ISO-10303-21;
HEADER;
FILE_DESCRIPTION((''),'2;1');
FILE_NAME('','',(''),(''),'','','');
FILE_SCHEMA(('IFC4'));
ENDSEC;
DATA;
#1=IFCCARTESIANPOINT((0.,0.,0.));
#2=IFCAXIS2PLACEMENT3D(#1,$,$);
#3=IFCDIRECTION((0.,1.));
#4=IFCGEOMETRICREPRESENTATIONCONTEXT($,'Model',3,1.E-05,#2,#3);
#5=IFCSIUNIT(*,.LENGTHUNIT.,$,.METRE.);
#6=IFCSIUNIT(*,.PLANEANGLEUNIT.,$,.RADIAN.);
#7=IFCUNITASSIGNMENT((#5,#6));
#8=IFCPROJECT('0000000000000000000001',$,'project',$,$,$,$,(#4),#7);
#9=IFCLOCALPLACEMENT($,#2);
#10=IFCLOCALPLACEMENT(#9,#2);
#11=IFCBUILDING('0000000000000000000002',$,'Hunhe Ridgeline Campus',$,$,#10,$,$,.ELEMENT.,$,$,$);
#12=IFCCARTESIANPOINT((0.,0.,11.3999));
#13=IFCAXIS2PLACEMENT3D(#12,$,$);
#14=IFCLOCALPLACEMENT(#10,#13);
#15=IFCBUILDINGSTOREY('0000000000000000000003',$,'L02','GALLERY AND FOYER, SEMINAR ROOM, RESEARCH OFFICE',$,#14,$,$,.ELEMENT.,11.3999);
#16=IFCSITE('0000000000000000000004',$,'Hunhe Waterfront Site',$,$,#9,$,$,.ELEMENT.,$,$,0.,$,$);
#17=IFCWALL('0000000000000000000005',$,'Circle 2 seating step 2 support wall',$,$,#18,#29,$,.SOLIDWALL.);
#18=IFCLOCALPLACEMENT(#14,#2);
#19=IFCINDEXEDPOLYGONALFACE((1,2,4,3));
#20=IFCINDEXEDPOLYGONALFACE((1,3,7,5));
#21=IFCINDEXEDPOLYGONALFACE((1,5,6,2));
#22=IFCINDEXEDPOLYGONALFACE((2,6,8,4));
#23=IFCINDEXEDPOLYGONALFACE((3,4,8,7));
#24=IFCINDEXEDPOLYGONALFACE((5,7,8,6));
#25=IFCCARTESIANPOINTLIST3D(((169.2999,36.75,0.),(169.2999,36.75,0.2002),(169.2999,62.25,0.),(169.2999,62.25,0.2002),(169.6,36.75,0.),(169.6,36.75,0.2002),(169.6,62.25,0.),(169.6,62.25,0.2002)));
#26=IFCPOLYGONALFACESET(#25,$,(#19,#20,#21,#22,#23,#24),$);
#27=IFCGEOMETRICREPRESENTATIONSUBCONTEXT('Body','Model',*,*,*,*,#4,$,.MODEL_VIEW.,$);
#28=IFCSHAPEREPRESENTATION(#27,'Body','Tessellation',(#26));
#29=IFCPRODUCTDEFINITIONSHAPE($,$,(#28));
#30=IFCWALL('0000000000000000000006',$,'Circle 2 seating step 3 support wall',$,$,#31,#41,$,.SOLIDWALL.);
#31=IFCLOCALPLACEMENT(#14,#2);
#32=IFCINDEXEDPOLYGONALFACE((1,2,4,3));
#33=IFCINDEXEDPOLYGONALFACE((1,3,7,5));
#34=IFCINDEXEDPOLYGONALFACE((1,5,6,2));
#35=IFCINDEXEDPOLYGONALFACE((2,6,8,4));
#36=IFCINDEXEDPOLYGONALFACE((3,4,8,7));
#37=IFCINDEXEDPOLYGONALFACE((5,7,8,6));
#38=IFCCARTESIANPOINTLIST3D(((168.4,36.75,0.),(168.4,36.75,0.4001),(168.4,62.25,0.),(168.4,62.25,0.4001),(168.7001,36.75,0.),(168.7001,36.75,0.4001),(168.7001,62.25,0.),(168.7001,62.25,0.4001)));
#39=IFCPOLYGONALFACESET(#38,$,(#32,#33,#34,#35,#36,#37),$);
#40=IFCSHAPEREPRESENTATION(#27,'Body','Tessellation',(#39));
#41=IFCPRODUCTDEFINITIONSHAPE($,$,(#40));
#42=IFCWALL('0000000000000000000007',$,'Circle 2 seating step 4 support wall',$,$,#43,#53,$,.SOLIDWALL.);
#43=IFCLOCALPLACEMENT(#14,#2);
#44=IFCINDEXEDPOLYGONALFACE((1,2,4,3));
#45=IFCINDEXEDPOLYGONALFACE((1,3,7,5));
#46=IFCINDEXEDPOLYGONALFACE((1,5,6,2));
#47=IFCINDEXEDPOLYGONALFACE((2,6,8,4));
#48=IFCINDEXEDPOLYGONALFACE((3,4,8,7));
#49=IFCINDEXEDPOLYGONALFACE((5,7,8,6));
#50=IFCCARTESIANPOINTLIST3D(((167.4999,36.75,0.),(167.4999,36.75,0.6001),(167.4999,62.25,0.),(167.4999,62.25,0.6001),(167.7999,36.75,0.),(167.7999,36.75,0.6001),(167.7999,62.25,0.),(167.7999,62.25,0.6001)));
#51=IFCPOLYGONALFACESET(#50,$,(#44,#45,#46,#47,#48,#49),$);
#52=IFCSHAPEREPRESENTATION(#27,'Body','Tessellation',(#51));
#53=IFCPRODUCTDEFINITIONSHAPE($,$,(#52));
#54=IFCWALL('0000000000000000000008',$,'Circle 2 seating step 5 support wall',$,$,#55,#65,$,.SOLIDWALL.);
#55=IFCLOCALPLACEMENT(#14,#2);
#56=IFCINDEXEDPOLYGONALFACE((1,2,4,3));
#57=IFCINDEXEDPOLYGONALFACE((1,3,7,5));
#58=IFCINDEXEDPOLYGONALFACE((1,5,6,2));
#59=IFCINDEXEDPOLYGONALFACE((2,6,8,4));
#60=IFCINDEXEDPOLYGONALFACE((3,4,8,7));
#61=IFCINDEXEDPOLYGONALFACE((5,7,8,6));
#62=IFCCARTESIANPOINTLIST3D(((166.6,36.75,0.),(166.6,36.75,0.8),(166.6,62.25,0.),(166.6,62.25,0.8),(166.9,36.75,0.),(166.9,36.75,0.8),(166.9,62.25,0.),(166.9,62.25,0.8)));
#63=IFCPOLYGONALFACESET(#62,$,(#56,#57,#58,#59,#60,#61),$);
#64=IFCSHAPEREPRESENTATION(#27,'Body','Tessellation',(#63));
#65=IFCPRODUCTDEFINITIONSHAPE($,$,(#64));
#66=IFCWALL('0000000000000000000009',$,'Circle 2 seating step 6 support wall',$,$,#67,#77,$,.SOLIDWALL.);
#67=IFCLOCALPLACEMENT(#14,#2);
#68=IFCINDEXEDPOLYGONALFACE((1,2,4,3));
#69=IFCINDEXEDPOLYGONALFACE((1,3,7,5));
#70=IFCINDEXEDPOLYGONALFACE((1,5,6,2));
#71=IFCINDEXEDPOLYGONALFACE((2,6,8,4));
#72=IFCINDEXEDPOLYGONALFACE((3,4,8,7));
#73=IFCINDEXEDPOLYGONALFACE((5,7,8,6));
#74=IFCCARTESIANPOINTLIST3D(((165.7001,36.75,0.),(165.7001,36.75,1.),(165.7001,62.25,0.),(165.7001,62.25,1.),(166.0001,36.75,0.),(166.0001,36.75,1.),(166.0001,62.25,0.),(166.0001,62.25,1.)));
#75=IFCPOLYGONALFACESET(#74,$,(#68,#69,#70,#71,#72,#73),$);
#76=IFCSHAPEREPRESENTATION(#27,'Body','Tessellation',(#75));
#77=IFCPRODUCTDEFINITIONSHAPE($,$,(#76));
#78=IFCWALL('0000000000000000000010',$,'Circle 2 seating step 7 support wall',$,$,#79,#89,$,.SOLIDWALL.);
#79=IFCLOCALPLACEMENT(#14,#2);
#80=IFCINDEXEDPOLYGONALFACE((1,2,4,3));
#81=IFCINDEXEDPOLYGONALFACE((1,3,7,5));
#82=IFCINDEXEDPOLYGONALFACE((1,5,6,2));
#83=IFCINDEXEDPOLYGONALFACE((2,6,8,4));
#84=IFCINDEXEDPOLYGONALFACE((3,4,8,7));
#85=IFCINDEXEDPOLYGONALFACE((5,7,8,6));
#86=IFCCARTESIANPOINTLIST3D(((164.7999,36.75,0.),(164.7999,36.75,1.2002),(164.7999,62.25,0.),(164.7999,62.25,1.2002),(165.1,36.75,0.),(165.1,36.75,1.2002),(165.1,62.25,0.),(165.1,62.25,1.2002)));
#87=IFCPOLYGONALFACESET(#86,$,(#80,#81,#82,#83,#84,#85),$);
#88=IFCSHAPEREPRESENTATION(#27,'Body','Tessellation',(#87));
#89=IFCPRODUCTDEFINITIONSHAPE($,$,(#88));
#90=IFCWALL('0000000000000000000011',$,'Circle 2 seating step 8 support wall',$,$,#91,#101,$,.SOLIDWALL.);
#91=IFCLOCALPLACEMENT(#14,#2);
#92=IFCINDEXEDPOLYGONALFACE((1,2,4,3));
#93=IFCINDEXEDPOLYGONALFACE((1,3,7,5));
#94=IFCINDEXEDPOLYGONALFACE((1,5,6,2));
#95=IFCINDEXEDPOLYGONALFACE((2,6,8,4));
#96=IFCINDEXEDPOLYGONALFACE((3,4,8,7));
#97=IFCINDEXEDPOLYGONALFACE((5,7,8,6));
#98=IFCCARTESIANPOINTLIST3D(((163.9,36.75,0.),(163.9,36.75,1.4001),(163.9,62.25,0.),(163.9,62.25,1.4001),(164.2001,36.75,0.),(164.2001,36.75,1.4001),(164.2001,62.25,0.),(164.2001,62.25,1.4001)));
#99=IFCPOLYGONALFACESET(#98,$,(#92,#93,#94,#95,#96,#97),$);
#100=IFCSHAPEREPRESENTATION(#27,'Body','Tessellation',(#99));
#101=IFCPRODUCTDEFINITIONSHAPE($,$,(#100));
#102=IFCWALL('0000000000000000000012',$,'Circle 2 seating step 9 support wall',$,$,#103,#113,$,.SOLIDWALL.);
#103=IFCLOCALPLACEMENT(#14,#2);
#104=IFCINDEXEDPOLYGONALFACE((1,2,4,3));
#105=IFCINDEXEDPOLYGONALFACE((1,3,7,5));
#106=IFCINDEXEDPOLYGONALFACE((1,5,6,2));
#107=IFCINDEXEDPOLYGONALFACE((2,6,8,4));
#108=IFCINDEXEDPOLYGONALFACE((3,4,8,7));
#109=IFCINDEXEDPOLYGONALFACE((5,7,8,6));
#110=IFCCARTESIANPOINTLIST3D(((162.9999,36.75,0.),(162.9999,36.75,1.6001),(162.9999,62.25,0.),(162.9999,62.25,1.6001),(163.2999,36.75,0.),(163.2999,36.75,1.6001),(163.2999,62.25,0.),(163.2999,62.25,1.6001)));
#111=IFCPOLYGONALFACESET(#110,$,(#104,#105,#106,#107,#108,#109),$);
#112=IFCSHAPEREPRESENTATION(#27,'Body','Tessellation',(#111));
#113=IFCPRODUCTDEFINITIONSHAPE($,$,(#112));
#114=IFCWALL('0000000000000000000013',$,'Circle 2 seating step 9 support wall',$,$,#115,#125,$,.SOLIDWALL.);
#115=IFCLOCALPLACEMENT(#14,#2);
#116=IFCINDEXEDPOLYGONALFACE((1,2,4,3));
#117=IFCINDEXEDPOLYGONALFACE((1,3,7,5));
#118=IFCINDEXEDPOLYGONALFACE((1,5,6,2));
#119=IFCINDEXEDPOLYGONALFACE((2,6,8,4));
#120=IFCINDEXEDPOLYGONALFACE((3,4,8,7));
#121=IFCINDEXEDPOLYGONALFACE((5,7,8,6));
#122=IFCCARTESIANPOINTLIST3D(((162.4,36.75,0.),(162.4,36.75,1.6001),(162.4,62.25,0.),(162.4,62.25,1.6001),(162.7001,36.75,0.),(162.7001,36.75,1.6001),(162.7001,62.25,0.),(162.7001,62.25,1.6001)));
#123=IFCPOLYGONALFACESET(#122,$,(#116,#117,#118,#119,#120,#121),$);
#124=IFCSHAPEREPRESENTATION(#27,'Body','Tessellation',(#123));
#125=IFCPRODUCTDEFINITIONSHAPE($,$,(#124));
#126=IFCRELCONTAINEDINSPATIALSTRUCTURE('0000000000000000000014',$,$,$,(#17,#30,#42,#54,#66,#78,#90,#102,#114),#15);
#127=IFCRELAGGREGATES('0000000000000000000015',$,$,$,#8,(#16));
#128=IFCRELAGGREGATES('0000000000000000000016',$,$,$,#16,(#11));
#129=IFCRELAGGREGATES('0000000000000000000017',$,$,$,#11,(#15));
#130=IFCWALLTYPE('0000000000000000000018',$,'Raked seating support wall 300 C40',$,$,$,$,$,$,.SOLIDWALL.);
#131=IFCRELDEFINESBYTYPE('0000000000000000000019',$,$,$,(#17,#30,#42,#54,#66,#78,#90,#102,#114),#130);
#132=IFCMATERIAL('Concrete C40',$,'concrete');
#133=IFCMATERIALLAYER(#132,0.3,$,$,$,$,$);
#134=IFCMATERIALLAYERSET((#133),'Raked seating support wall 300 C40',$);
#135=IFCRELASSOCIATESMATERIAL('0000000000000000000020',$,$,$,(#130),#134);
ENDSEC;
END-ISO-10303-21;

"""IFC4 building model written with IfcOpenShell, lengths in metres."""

from ifc_helpers import new_model, si_unit, direction, frame, frame_2d, origin, place, context, subcontext, project, spatial, rectangle, extrude, material, layer, layer_set, type_object, element, save


model = new_model("IFC4")

# Units and contexts
model_context = context("Model", 3, precision=1e-05, world=origin(), true_north=direction((0.0, 1.0)))
body_context = subcontext(model_context, "Body", "Model", "MODEL_VIEW")
ifc_project = project(units=[si_unit("LENGTHUNIT", "METRE"), si_unit("PLANEANGLEUNIT", "RADIAN")], contexts=[model_context])

# Site, building, storey
site_placement = place(None, origin())
site = spatial("IfcSite", under=ifc_project, at=site_placement, Name="Hunhe Waterfront Site", CompositionType="ELEMENT", RefElevation=0.0)
building_placement = place(site_placement, origin())
building = spatial("IfcBuilding", under=site, at=building_placement, Name="Hunhe Ridgeline Campus", CompositionType="ELEMENT")
storey_placement = place(building_placement, frame((0.0, 0.0, 11.3999)))
storey = spatial("IfcBuildingStorey", under=building, at=storey_placement, Name="L02", Description="GALLERY AND FOYER, SEMINAR ROOM, RESEARCH OFFICE", CompositionType="ELEMENT", Elevation=11.3999)

# Walls
ifc_material_1 = material(Name="Concrete C40", Category="concrete")
ifc_layer_1 = layer(ifc_material_1, 0.3)
ifc_layer_set_1 = layer_set([ifc_layer_1], Name="Raked seating support wall 300 C40")
wall_type_1 = type_object("IfcWallType", Name="Raked seating support wall 300 C40", PredefinedType="SOLIDWALL", material=ifc_layer_set_1)
wall_1_placement = place(storey_placement, frame((169.45, 36.75, 0.0), z_axis=(0.0, 0.0, 1.0), x_axis=(0.0, 1.0, 0.0)))
element("IfcWall", 1, at=wall_1_placement, inside=storey, type_object=wall_type_1, Name="Circle 2 seating step 2 support wall", PredefinedType="SOLIDWALL", context=body_context, shape_type="SweptSolid", body=[
    extrude(rectangle(XDim=25.5, YDim=0.3, at=frame_2d((12.75, 0.0))), origin(), (0.0, 0.0, 1.0), 0.2002),
])
wall_2_placement = place(storey_placement, frame((168.55, 36.75, 0.0), z_axis=(0.0, 0.0, 1.0), x_axis=(0.0, 1.0, 0.0)))
element("IfcWall", 2, at=wall_2_placement, inside=storey, type_object=wall_type_1, Name="Circle 2 seating step 3 support wall", PredefinedType="SOLIDWALL", context=body_context, shape_type="SweptSolid", body=[
    extrude(rectangle(XDim=25.5, YDim=0.3, at=frame_2d((12.75, 0.0))), origin(), (0.0, 0.0, 1.0), 0.4001),
])
wall_3_placement = place(storey_placement, frame((167.6499, 36.75, 0.0), z_axis=(0.0, 0.0, 1.0), x_axis=(0.0, 1.0, 0.0)))
element("IfcWall", 3, at=wall_3_placement, inside=storey, type_object=wall_type_1, Name="Circle 2 seating step 4 support wall", PredefinedType="SOLIDWALL", context=body_context, shape_type="SweptSolid", body=[
    extrude(rectangle(XDim=25.5, YDim=0.3, at=frame_2d((12.75, 0.0))), origin(), (0.0, 0.0, 1.0), 0.6001),
])
wall_4_placement = place(storey_placement, frame((166.75, 36.75, 0.0), z_axis=(0.0, 0.0, 1.0), x_axis=(0.0, 1.0, 0.0)))
element("IfcWall", 4, at=wall_4_placement, inside=storey, type_object=wall_type_1, Name="Circle 2 seating step 5 support wall", PredefinedType="SOLIDWALL", context=body_context, shape_type="SweptSolid", body=[
    extrude(rectangle(XDim=25.5, YDim=0.3, at=frame_2d((12.75, 0.0))), origin(), (0.0, 0.0, 1.0), 0.8),
])
wall_5_placement = place(storey_placement, frame((165.8501, 36.75, 0.0), z_axis=(0.0, 0.0, 1.0), x_axis=(0.0, 1.0, 0.0)))
element("IfcWall", 5, at=wall_5_placement, inside=storey, type_object=wall_type_1, Name="Circle 2 seating step 6 support wall", PredefinedType="SOLIDWALL", context=body_context, shape_type="SweptSolid", body=[
    extrude(rectangle(XDim=25.5, YDim=0.3, at=frame_2d((12.75, 0.0))), origin(), (0.0, 0.0, 1.0), 1.0),
])
wall_6_placement = place(storey_placement, frame((164.95, 36.75, 0.0), z_axis=(0.0, 0.0, 1.0), x_axis=(0.0, 1.0, 0.0)))
element("IfcWall", 6, at=wall_6_placement, inside=storey, type_object=wall_type_1, Name="Circle 2 seating step 7 support wall", PredefinedType="SOLIDWALL", context=body_context, shape_type="SweptSolid", body=[
    extrude(rectangle(XDim=25.5, YDim=0.3, at=frame_2d((12.75, 0.0))), origin(), (0.0, 0.0, 1.0), 1.2002),
])
wall_7_placement = place(storey_placement, frame((164.05, 36.75, 0.0), z_axis=(0.0, 0.0, 1.0), x_axis=(0.0, 1.0, 0.0)))
element("IfcWall", 7, at=wall_7_placement, inside=storey, type_object=wall_type_1, Name="Circle 2 seating step 8 support wall", PredefinedType="SOLIDWALL", context=body_context, shape_type="SweptSolid", body=[
    extrude(rectangle(XDim=25.5, YDim=0.3, at=frame_2d((12.75, 0.0))), origin(), (0.0, 0.0, 1.0), 1.4001),
])
for number, where, z_axis, x_axis, name in (
    (8, (163.1499, 36.75, 0.0), (0.0, 0.0, 1.0), (0.0, 1.0, 0.0), "Circle 2 seating step 9 support wall"),
    (9, (162.55, 36.75, 0.0), (0.0, 0.0, 1.0), (0.0, 1.0, 0.0), "Circle 2 seating step 9 support wall"),
):
    element("IfcWall", number, at=place(storey_placement, frame(where, z_axis=z_axis, x_axis=x_axis)), inside=storey, type_object=wall_type_1, Name=name, PredefinedType="SOLIDWALL", context=body_context, shape_type="SweptSolid", body=[
        extrude(rectangle(XDim=25.5, YDim=0.3, at=frame_2d((12.75, 0.0))), origin(), (0.0, 0.0, 1.0), 1.6001),
    ])

save(model, "model.ifc")
